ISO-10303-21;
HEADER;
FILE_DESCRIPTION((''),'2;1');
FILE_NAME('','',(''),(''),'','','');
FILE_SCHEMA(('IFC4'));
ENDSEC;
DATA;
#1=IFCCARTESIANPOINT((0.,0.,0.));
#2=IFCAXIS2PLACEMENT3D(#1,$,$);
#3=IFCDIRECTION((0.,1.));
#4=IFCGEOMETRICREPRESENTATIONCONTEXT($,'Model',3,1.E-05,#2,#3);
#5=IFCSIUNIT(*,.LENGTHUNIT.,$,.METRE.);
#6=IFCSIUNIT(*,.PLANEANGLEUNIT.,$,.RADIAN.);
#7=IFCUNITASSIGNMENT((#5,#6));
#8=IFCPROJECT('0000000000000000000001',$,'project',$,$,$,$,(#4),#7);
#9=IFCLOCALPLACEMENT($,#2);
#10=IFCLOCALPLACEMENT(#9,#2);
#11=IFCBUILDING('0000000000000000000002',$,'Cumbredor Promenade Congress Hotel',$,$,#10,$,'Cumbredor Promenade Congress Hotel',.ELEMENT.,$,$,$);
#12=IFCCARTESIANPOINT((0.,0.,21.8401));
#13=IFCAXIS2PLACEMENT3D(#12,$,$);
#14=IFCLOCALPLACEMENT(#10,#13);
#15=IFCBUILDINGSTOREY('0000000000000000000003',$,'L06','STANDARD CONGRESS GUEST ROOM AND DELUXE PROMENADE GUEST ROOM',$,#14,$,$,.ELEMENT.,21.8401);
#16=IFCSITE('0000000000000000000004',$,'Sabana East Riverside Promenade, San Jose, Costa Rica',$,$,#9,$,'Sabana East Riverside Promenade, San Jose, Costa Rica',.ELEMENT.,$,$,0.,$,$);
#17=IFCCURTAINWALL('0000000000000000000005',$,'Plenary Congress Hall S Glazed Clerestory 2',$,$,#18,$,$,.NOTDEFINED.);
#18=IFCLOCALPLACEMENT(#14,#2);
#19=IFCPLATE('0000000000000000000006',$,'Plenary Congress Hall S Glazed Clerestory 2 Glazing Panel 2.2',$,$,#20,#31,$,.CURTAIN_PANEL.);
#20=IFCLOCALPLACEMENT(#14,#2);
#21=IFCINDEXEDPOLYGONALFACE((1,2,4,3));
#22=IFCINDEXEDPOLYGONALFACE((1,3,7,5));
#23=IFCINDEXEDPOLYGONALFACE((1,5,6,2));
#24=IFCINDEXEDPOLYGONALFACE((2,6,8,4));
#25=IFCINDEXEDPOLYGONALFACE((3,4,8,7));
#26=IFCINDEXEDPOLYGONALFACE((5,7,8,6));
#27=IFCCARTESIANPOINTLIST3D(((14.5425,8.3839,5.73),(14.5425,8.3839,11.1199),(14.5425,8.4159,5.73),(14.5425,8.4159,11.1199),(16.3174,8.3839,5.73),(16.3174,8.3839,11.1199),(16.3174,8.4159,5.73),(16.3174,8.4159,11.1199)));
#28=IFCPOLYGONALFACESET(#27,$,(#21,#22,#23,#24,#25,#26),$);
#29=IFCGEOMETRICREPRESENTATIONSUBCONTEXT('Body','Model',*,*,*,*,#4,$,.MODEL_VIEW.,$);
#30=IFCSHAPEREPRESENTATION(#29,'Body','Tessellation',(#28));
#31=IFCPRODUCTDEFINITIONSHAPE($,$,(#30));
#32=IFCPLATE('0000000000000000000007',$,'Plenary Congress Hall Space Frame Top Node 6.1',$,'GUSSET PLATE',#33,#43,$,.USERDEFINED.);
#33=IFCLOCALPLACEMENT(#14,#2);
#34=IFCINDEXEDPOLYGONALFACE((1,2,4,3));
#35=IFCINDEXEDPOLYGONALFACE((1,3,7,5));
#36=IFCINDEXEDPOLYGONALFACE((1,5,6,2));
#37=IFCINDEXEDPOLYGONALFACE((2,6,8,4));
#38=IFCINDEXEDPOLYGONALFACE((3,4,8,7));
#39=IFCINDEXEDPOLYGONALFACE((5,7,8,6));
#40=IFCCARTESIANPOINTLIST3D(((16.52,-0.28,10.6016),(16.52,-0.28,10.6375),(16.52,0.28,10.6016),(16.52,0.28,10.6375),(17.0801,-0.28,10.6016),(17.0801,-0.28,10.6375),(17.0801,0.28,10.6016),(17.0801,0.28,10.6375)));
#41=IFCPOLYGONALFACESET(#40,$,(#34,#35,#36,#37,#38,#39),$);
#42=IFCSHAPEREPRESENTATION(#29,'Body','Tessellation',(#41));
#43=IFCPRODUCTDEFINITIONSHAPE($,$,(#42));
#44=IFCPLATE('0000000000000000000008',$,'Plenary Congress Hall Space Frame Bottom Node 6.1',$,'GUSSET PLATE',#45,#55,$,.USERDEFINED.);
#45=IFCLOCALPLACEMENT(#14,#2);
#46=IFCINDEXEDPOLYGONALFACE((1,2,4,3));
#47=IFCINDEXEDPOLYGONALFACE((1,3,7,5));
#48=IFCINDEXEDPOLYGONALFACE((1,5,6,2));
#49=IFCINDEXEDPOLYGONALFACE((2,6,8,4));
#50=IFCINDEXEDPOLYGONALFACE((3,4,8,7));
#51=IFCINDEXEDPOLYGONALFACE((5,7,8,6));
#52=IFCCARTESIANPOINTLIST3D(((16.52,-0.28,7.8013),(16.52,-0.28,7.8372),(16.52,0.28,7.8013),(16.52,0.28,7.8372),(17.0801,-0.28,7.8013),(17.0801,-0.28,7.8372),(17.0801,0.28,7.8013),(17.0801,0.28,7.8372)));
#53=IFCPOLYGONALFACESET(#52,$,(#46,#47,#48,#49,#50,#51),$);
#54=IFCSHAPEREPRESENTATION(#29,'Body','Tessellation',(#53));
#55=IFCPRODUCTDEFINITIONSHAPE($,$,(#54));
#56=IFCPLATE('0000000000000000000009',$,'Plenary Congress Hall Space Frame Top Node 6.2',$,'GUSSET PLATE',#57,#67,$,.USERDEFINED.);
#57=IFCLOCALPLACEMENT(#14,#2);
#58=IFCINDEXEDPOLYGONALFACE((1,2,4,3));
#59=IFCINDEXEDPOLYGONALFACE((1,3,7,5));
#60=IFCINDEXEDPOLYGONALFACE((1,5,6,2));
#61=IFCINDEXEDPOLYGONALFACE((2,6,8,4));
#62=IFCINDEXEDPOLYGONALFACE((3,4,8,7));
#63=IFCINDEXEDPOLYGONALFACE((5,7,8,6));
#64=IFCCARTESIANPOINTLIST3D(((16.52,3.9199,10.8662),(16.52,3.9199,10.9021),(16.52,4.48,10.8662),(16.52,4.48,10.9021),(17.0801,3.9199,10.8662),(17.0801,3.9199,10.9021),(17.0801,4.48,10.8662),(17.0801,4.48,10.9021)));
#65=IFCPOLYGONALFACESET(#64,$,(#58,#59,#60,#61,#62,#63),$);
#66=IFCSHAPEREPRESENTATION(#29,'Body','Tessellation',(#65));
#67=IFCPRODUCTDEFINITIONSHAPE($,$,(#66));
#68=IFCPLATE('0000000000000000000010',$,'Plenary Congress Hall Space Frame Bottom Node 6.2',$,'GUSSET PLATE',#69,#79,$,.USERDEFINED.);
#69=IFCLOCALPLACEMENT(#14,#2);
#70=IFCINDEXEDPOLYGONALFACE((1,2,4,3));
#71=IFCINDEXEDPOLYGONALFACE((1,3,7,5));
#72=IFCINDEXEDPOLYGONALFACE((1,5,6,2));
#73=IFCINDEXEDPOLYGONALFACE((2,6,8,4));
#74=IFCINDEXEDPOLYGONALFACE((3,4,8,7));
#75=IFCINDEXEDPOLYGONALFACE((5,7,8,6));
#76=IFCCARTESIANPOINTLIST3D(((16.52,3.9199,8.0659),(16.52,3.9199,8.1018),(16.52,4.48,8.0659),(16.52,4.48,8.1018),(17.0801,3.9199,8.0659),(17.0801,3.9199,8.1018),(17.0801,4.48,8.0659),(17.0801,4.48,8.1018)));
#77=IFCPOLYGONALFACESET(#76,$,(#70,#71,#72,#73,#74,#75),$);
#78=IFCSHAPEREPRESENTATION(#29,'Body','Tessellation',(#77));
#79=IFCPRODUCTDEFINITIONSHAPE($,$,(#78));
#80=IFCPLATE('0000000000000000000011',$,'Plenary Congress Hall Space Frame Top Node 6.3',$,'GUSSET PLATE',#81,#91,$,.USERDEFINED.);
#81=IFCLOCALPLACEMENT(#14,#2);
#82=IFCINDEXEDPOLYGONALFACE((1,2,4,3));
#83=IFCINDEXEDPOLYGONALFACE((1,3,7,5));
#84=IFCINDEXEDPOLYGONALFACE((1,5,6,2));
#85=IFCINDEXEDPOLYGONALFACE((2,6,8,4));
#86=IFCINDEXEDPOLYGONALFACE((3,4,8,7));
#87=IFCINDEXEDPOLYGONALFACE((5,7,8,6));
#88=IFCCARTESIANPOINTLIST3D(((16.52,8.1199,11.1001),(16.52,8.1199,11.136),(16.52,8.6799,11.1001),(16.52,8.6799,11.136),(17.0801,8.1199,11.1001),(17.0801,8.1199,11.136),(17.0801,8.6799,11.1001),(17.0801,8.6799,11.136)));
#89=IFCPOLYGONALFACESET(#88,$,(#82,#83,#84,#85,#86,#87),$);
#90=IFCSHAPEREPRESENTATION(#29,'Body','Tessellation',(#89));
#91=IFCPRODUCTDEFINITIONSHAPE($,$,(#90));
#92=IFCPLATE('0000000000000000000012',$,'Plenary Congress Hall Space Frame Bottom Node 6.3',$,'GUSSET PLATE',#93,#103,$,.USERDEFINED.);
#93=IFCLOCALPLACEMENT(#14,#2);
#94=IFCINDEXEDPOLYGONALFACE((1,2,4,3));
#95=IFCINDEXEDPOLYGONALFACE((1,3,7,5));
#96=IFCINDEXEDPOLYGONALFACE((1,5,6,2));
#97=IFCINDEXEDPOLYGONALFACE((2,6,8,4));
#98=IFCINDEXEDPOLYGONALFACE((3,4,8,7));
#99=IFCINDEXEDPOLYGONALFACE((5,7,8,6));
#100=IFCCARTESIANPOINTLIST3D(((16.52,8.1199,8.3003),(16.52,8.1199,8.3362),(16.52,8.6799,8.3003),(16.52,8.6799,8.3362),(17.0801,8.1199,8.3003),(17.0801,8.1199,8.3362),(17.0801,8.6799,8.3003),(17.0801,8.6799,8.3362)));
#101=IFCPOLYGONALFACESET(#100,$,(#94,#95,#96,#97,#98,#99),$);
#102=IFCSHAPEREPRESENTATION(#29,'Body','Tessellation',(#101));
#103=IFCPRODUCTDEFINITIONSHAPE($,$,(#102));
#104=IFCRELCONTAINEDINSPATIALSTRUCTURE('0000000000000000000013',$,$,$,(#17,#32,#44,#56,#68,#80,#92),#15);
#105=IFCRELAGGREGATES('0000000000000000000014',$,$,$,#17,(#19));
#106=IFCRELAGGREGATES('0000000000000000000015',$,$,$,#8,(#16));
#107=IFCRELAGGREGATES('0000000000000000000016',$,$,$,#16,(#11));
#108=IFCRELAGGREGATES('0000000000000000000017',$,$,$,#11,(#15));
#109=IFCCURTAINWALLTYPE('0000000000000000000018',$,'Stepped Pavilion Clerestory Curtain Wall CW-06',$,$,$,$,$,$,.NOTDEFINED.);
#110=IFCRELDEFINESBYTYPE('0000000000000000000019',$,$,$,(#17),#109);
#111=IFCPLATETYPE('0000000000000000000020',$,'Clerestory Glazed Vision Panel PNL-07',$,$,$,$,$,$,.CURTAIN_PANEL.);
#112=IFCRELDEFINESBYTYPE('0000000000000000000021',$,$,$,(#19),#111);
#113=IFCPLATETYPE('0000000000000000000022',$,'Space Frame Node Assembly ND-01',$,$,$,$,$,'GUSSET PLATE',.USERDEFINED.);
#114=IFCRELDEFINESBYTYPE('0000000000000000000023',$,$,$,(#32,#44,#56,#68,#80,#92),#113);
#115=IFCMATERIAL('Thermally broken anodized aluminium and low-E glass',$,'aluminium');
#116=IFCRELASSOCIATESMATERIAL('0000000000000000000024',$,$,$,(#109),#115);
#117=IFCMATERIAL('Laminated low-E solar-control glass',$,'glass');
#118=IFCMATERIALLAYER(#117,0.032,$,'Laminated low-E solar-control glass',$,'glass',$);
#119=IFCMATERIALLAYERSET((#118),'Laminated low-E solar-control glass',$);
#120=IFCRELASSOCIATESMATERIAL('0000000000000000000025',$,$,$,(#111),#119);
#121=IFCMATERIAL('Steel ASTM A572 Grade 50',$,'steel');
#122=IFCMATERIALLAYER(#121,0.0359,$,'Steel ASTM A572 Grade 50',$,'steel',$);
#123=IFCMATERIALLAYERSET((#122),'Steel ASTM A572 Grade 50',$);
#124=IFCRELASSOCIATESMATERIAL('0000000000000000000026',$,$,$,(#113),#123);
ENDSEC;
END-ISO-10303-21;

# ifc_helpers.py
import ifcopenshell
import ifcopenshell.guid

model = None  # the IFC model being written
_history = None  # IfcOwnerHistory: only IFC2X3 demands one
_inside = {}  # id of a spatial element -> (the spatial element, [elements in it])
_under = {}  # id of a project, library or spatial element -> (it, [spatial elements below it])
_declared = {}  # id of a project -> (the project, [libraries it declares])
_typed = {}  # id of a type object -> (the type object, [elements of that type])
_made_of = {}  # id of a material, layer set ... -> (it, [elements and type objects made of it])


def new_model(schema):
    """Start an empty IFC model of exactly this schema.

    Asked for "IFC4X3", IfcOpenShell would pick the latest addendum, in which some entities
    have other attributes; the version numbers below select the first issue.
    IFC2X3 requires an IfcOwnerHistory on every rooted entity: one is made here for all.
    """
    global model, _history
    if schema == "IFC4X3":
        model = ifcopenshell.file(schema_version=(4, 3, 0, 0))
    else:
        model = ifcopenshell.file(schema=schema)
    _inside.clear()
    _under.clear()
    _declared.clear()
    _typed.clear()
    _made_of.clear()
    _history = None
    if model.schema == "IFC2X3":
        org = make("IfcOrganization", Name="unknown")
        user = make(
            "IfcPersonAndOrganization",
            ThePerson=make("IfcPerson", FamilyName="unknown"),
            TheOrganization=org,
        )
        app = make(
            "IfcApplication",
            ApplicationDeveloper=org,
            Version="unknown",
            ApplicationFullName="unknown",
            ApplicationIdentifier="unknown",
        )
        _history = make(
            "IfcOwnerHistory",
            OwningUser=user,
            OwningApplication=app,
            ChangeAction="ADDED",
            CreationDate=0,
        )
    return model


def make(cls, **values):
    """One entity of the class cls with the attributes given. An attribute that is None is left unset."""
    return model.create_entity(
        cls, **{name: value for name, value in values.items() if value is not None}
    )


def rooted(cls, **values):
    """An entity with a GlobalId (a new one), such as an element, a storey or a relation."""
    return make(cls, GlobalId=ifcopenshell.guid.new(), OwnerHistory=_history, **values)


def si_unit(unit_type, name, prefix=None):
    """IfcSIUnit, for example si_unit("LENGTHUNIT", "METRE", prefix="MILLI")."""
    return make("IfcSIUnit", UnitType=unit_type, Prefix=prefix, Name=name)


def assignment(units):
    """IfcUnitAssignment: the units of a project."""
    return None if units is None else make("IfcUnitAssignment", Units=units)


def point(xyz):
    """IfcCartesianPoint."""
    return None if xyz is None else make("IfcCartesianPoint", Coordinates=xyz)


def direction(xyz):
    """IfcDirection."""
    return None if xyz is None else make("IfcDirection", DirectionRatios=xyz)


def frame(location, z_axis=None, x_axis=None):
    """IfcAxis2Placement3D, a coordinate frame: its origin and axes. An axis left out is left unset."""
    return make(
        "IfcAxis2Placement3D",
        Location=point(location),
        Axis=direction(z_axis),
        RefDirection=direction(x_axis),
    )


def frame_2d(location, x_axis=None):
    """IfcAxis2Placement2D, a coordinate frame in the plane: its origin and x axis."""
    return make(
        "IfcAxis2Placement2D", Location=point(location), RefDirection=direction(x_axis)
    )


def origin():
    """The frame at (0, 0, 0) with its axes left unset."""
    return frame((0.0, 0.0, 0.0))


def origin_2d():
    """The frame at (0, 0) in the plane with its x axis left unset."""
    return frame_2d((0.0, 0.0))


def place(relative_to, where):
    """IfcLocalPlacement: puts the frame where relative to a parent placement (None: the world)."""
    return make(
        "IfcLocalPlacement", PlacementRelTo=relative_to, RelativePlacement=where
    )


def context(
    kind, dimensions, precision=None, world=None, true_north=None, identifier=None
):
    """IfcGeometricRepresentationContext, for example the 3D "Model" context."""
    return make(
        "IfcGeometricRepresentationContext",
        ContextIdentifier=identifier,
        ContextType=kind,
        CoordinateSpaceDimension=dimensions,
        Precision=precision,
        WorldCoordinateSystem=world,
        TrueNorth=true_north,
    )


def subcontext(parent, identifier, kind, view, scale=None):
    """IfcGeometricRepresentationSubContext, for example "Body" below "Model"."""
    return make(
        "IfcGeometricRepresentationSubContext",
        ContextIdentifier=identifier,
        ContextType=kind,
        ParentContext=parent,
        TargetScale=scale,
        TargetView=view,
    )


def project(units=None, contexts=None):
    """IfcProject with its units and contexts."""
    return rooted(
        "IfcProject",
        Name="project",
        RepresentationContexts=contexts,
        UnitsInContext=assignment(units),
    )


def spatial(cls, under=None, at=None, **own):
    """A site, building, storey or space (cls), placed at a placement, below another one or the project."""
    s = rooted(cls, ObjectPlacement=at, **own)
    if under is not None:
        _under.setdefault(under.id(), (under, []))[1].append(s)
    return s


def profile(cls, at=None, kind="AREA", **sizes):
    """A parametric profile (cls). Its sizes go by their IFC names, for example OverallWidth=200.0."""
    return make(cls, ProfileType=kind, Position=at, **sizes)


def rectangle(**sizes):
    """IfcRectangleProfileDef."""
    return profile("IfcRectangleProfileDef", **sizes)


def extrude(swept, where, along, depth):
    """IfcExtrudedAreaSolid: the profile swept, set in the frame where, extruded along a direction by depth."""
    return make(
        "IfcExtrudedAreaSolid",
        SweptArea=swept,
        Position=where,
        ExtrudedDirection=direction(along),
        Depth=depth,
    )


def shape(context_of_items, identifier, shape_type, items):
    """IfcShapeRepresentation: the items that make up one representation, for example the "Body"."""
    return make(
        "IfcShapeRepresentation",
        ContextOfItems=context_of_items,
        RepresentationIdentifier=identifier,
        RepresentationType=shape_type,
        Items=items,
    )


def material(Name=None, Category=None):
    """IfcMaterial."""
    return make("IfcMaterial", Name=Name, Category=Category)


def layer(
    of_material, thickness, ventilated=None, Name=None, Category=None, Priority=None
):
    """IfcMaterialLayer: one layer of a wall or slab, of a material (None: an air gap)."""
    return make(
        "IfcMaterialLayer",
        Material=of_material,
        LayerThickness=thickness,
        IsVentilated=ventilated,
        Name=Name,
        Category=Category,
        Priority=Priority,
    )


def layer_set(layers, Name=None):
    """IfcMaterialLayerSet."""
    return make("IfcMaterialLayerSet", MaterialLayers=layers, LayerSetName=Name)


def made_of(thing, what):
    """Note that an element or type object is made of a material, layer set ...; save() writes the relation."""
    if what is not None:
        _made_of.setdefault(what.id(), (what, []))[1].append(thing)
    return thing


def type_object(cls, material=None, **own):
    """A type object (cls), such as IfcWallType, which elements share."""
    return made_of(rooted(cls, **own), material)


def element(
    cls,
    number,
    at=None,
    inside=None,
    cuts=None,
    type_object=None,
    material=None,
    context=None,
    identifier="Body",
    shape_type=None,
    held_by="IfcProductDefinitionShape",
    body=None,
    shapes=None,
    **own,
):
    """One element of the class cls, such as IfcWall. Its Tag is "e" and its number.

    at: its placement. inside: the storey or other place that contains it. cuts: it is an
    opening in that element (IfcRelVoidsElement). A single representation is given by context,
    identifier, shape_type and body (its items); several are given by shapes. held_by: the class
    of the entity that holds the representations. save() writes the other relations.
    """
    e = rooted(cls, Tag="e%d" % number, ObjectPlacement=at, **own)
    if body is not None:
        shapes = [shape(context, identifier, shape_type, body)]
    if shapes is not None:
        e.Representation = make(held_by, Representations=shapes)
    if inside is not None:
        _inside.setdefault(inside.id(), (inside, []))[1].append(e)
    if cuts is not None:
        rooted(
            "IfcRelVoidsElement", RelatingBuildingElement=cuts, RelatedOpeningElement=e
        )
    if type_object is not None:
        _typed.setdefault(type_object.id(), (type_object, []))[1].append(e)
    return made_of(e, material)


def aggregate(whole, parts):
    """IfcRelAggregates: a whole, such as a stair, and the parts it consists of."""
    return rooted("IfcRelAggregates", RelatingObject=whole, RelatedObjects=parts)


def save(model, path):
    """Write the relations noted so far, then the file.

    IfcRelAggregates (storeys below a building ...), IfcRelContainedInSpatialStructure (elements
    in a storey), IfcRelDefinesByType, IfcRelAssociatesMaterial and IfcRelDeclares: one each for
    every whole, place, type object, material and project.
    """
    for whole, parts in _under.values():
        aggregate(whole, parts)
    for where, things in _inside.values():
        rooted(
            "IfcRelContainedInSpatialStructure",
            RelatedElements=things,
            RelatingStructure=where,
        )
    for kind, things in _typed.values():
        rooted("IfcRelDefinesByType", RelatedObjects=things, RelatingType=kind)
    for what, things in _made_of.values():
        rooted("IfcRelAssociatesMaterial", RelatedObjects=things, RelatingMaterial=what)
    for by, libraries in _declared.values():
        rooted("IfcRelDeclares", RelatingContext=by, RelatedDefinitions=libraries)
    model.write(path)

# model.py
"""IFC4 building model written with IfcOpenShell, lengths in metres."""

from ifc_helpers import new_model, si_unit, direction, frame, origin, origin_2d, place, context, subcontext, project, spatial, rectangle, extrude, material, layer, layer_set, type_object, element, aggregate, save


model = new_model("IFC4")

# Units and contexts
model_context = context("Model", 3, precision=1e-05, world=origin(), true_north=direction((0.0, 1.0)))
body_context = subcontext(model_context, "Body", "Model", "MODEL_VIEW")
ifc_project = project(units=[si_unit("LENGTHUNIT", "METRE"), si_unit("PLANEANGLEUNIT", "RADIAN")], contexts=[model_context])

# Site, building, storey
site_placement = place(None, origin())
site = spatial("IfcSite", under=ifc_project, at=site_placement, Name="Sabana East Riverside Promenade, San Jose, Costa Rica", LongName="Sabana East Riverside Promenade, San Jose, Costa Rica", CompositionType="ELEMENT", RefElevation=0.0)
building_placement = place(site_placement, origin())
building = spatial("IfcBuilding", under=site, at=building_placement, Name="Cumbredor Promenade Congress Hotel", LongName="Cumbredor Promenade Congress Hotel", CompositionType="ELEMENT")
storey_placement = place(building_placement, frame((0.0, 0.0, 21.8401)))
storey = spatial("IfcBuildingStorey", under=building, at=storey_placement, Name="L06", Description="STANDARD CONGRESS GUEST ROOM AND DELUXE PROMENADE GUEST ROOM", CompositionType="ELEMENT", Elevation=21.8401)

# Curtain wall
ifc_material_1 = material(Name="Thermally broken anodized aluminium and low-E glass", Category="aluminium")
curtain_wall_type = type_object("IfcCurtainWallType", Name="Stepped Pavilion Clerestory Curtain Wall CW-06", PredefinedType="NOTDEFINED", material=ifc_material_1)
curtain_wall_placement = place(storey_placement, origin())
curtain_wall = element("IfcCurtainWall", 1, at=curtain_wall_placement, inside=storey, type_object=curtain_wall_type, Name="Plenary Congress Hall S Glazed Clerestory 2", PredefinedType="NOTDEFINED")

# Plate
ifc_material_2 = material(Name="Laminated low-E solar-control glass", Category="glass")
ifc_layer_1 = layer(ifc_material_2, 0.032, Name="Laminated low-E solar-control glass", Category="glass")
ifc_layer_set_1 = layer_set([ifc_layer_1], Name="Laminated low-E solar-control glass")
plate_type_1 = type_object("IfcPlateType", Name="Clerestory Glazed Vision Panel PNL-07", PredefinedType="CURTAIN_PANEL", material=ifc_layer_set_1)
plate_1_placement = place(storey_placement, frame((15.4299, 8.3999, 5.73), z_axis=(0.0, 0.0, 1.0), x_axis=(1.0, 0.0, 0.0)))
plate_1 = element("IfcPlate", 2, at=plate_1_placement, type_object=plate_type_1, Name="Plenary Congress Hall S Glazed Clerestory 2 Glazing Panel 2.2", PredefinedType="CURTAIN_PANEL", context=body_context, shape_type="SweptSolid", body=[
    extrude(rectangle(XDim=1.7749, YDim=0.032, at=origin_2d()), origin(), (0.0, 0.0, 1.0), 5.3899),
])
aggregate(curtain_wall, [plate_1])

# Plates
ifc_material_3 = material(Name="Steel ASTM A572 Grade 50", Category="steel")
ifc_layer_2 = layer(ifc_material_3, 0.0359, Name="Steel ASTM A572 Grade 50", Category="steel")
ifc_layer_set_2 = layer_set([ifc_layer_2], Name="Steel ASTM A572 Grade 50")
plate_type_2 = type_object("IfcPlateType", Name="Space Frame Node Assembly ND-01", ElementType="GUSSET PLATE", PredefinedType="USERDEFINED", material=ifc_layer_set_2)
for number, where, z_axis, x_axis, name in (
    (3, (16.8, 0.0, 10.6016), (0.0, 0.0, 1.0), (1.0, 0.0, 0.0), "Plenary Congress Hall Space Frame Top Node 6.1"),
    (4, (16.8, 0.0, 7.8013), (0.0, 0.0, 1.0), (1.0, 0.0, 0.0), "Plenary Congress Hall Space Frame Bottom Node 6.1"),
    (5, (16.8, 4.2, 10.8662), (0.0, 0.0, 1.0), (1.0, 0.0, 0.0), "Plenary Congress Hall Space Frame Top Node 6.2"),
    (6, (16.8, 4.2, 8.0659), (0.0, 0.0, 1.0), (1.0, 0.0, 0.0), "Plenary Congress Hall Space Frame Bottom Node 6.2"),
    (7, (16.8, 8.3999, 11.1001), (0.0, 0.0, 1.0), (1.0, 0.0, 0.0), "Plenary Congress Hall Space Frame Top Node 6.3"),
    (8, (16.8, 8.3999, 8.3003), (0.0, 0.0, 1.0), (1.0, 0.0, 0.0), "Plenary Congress Hall Space Frame Bottom Node 6.3"),
):
    element("IfcPlate", number, at=place(storey_placement, frame(where, z_axis=z_axis, x_axis=x_axis)), inside=storey, type_object=plate_type_2, Name=name, ObjectType="GUSSET PLATE", PredefinedType="USERDEFINED", context=body_context, shape_type="SweptSolid", body=[
        extrude(rectangle(XDim=0.5601, YDim=0.5601, at=origin_2d()), origin(), (0.0, 0.0, 1.0), 0.0359),
    ])

save(model, "model.ifc")
